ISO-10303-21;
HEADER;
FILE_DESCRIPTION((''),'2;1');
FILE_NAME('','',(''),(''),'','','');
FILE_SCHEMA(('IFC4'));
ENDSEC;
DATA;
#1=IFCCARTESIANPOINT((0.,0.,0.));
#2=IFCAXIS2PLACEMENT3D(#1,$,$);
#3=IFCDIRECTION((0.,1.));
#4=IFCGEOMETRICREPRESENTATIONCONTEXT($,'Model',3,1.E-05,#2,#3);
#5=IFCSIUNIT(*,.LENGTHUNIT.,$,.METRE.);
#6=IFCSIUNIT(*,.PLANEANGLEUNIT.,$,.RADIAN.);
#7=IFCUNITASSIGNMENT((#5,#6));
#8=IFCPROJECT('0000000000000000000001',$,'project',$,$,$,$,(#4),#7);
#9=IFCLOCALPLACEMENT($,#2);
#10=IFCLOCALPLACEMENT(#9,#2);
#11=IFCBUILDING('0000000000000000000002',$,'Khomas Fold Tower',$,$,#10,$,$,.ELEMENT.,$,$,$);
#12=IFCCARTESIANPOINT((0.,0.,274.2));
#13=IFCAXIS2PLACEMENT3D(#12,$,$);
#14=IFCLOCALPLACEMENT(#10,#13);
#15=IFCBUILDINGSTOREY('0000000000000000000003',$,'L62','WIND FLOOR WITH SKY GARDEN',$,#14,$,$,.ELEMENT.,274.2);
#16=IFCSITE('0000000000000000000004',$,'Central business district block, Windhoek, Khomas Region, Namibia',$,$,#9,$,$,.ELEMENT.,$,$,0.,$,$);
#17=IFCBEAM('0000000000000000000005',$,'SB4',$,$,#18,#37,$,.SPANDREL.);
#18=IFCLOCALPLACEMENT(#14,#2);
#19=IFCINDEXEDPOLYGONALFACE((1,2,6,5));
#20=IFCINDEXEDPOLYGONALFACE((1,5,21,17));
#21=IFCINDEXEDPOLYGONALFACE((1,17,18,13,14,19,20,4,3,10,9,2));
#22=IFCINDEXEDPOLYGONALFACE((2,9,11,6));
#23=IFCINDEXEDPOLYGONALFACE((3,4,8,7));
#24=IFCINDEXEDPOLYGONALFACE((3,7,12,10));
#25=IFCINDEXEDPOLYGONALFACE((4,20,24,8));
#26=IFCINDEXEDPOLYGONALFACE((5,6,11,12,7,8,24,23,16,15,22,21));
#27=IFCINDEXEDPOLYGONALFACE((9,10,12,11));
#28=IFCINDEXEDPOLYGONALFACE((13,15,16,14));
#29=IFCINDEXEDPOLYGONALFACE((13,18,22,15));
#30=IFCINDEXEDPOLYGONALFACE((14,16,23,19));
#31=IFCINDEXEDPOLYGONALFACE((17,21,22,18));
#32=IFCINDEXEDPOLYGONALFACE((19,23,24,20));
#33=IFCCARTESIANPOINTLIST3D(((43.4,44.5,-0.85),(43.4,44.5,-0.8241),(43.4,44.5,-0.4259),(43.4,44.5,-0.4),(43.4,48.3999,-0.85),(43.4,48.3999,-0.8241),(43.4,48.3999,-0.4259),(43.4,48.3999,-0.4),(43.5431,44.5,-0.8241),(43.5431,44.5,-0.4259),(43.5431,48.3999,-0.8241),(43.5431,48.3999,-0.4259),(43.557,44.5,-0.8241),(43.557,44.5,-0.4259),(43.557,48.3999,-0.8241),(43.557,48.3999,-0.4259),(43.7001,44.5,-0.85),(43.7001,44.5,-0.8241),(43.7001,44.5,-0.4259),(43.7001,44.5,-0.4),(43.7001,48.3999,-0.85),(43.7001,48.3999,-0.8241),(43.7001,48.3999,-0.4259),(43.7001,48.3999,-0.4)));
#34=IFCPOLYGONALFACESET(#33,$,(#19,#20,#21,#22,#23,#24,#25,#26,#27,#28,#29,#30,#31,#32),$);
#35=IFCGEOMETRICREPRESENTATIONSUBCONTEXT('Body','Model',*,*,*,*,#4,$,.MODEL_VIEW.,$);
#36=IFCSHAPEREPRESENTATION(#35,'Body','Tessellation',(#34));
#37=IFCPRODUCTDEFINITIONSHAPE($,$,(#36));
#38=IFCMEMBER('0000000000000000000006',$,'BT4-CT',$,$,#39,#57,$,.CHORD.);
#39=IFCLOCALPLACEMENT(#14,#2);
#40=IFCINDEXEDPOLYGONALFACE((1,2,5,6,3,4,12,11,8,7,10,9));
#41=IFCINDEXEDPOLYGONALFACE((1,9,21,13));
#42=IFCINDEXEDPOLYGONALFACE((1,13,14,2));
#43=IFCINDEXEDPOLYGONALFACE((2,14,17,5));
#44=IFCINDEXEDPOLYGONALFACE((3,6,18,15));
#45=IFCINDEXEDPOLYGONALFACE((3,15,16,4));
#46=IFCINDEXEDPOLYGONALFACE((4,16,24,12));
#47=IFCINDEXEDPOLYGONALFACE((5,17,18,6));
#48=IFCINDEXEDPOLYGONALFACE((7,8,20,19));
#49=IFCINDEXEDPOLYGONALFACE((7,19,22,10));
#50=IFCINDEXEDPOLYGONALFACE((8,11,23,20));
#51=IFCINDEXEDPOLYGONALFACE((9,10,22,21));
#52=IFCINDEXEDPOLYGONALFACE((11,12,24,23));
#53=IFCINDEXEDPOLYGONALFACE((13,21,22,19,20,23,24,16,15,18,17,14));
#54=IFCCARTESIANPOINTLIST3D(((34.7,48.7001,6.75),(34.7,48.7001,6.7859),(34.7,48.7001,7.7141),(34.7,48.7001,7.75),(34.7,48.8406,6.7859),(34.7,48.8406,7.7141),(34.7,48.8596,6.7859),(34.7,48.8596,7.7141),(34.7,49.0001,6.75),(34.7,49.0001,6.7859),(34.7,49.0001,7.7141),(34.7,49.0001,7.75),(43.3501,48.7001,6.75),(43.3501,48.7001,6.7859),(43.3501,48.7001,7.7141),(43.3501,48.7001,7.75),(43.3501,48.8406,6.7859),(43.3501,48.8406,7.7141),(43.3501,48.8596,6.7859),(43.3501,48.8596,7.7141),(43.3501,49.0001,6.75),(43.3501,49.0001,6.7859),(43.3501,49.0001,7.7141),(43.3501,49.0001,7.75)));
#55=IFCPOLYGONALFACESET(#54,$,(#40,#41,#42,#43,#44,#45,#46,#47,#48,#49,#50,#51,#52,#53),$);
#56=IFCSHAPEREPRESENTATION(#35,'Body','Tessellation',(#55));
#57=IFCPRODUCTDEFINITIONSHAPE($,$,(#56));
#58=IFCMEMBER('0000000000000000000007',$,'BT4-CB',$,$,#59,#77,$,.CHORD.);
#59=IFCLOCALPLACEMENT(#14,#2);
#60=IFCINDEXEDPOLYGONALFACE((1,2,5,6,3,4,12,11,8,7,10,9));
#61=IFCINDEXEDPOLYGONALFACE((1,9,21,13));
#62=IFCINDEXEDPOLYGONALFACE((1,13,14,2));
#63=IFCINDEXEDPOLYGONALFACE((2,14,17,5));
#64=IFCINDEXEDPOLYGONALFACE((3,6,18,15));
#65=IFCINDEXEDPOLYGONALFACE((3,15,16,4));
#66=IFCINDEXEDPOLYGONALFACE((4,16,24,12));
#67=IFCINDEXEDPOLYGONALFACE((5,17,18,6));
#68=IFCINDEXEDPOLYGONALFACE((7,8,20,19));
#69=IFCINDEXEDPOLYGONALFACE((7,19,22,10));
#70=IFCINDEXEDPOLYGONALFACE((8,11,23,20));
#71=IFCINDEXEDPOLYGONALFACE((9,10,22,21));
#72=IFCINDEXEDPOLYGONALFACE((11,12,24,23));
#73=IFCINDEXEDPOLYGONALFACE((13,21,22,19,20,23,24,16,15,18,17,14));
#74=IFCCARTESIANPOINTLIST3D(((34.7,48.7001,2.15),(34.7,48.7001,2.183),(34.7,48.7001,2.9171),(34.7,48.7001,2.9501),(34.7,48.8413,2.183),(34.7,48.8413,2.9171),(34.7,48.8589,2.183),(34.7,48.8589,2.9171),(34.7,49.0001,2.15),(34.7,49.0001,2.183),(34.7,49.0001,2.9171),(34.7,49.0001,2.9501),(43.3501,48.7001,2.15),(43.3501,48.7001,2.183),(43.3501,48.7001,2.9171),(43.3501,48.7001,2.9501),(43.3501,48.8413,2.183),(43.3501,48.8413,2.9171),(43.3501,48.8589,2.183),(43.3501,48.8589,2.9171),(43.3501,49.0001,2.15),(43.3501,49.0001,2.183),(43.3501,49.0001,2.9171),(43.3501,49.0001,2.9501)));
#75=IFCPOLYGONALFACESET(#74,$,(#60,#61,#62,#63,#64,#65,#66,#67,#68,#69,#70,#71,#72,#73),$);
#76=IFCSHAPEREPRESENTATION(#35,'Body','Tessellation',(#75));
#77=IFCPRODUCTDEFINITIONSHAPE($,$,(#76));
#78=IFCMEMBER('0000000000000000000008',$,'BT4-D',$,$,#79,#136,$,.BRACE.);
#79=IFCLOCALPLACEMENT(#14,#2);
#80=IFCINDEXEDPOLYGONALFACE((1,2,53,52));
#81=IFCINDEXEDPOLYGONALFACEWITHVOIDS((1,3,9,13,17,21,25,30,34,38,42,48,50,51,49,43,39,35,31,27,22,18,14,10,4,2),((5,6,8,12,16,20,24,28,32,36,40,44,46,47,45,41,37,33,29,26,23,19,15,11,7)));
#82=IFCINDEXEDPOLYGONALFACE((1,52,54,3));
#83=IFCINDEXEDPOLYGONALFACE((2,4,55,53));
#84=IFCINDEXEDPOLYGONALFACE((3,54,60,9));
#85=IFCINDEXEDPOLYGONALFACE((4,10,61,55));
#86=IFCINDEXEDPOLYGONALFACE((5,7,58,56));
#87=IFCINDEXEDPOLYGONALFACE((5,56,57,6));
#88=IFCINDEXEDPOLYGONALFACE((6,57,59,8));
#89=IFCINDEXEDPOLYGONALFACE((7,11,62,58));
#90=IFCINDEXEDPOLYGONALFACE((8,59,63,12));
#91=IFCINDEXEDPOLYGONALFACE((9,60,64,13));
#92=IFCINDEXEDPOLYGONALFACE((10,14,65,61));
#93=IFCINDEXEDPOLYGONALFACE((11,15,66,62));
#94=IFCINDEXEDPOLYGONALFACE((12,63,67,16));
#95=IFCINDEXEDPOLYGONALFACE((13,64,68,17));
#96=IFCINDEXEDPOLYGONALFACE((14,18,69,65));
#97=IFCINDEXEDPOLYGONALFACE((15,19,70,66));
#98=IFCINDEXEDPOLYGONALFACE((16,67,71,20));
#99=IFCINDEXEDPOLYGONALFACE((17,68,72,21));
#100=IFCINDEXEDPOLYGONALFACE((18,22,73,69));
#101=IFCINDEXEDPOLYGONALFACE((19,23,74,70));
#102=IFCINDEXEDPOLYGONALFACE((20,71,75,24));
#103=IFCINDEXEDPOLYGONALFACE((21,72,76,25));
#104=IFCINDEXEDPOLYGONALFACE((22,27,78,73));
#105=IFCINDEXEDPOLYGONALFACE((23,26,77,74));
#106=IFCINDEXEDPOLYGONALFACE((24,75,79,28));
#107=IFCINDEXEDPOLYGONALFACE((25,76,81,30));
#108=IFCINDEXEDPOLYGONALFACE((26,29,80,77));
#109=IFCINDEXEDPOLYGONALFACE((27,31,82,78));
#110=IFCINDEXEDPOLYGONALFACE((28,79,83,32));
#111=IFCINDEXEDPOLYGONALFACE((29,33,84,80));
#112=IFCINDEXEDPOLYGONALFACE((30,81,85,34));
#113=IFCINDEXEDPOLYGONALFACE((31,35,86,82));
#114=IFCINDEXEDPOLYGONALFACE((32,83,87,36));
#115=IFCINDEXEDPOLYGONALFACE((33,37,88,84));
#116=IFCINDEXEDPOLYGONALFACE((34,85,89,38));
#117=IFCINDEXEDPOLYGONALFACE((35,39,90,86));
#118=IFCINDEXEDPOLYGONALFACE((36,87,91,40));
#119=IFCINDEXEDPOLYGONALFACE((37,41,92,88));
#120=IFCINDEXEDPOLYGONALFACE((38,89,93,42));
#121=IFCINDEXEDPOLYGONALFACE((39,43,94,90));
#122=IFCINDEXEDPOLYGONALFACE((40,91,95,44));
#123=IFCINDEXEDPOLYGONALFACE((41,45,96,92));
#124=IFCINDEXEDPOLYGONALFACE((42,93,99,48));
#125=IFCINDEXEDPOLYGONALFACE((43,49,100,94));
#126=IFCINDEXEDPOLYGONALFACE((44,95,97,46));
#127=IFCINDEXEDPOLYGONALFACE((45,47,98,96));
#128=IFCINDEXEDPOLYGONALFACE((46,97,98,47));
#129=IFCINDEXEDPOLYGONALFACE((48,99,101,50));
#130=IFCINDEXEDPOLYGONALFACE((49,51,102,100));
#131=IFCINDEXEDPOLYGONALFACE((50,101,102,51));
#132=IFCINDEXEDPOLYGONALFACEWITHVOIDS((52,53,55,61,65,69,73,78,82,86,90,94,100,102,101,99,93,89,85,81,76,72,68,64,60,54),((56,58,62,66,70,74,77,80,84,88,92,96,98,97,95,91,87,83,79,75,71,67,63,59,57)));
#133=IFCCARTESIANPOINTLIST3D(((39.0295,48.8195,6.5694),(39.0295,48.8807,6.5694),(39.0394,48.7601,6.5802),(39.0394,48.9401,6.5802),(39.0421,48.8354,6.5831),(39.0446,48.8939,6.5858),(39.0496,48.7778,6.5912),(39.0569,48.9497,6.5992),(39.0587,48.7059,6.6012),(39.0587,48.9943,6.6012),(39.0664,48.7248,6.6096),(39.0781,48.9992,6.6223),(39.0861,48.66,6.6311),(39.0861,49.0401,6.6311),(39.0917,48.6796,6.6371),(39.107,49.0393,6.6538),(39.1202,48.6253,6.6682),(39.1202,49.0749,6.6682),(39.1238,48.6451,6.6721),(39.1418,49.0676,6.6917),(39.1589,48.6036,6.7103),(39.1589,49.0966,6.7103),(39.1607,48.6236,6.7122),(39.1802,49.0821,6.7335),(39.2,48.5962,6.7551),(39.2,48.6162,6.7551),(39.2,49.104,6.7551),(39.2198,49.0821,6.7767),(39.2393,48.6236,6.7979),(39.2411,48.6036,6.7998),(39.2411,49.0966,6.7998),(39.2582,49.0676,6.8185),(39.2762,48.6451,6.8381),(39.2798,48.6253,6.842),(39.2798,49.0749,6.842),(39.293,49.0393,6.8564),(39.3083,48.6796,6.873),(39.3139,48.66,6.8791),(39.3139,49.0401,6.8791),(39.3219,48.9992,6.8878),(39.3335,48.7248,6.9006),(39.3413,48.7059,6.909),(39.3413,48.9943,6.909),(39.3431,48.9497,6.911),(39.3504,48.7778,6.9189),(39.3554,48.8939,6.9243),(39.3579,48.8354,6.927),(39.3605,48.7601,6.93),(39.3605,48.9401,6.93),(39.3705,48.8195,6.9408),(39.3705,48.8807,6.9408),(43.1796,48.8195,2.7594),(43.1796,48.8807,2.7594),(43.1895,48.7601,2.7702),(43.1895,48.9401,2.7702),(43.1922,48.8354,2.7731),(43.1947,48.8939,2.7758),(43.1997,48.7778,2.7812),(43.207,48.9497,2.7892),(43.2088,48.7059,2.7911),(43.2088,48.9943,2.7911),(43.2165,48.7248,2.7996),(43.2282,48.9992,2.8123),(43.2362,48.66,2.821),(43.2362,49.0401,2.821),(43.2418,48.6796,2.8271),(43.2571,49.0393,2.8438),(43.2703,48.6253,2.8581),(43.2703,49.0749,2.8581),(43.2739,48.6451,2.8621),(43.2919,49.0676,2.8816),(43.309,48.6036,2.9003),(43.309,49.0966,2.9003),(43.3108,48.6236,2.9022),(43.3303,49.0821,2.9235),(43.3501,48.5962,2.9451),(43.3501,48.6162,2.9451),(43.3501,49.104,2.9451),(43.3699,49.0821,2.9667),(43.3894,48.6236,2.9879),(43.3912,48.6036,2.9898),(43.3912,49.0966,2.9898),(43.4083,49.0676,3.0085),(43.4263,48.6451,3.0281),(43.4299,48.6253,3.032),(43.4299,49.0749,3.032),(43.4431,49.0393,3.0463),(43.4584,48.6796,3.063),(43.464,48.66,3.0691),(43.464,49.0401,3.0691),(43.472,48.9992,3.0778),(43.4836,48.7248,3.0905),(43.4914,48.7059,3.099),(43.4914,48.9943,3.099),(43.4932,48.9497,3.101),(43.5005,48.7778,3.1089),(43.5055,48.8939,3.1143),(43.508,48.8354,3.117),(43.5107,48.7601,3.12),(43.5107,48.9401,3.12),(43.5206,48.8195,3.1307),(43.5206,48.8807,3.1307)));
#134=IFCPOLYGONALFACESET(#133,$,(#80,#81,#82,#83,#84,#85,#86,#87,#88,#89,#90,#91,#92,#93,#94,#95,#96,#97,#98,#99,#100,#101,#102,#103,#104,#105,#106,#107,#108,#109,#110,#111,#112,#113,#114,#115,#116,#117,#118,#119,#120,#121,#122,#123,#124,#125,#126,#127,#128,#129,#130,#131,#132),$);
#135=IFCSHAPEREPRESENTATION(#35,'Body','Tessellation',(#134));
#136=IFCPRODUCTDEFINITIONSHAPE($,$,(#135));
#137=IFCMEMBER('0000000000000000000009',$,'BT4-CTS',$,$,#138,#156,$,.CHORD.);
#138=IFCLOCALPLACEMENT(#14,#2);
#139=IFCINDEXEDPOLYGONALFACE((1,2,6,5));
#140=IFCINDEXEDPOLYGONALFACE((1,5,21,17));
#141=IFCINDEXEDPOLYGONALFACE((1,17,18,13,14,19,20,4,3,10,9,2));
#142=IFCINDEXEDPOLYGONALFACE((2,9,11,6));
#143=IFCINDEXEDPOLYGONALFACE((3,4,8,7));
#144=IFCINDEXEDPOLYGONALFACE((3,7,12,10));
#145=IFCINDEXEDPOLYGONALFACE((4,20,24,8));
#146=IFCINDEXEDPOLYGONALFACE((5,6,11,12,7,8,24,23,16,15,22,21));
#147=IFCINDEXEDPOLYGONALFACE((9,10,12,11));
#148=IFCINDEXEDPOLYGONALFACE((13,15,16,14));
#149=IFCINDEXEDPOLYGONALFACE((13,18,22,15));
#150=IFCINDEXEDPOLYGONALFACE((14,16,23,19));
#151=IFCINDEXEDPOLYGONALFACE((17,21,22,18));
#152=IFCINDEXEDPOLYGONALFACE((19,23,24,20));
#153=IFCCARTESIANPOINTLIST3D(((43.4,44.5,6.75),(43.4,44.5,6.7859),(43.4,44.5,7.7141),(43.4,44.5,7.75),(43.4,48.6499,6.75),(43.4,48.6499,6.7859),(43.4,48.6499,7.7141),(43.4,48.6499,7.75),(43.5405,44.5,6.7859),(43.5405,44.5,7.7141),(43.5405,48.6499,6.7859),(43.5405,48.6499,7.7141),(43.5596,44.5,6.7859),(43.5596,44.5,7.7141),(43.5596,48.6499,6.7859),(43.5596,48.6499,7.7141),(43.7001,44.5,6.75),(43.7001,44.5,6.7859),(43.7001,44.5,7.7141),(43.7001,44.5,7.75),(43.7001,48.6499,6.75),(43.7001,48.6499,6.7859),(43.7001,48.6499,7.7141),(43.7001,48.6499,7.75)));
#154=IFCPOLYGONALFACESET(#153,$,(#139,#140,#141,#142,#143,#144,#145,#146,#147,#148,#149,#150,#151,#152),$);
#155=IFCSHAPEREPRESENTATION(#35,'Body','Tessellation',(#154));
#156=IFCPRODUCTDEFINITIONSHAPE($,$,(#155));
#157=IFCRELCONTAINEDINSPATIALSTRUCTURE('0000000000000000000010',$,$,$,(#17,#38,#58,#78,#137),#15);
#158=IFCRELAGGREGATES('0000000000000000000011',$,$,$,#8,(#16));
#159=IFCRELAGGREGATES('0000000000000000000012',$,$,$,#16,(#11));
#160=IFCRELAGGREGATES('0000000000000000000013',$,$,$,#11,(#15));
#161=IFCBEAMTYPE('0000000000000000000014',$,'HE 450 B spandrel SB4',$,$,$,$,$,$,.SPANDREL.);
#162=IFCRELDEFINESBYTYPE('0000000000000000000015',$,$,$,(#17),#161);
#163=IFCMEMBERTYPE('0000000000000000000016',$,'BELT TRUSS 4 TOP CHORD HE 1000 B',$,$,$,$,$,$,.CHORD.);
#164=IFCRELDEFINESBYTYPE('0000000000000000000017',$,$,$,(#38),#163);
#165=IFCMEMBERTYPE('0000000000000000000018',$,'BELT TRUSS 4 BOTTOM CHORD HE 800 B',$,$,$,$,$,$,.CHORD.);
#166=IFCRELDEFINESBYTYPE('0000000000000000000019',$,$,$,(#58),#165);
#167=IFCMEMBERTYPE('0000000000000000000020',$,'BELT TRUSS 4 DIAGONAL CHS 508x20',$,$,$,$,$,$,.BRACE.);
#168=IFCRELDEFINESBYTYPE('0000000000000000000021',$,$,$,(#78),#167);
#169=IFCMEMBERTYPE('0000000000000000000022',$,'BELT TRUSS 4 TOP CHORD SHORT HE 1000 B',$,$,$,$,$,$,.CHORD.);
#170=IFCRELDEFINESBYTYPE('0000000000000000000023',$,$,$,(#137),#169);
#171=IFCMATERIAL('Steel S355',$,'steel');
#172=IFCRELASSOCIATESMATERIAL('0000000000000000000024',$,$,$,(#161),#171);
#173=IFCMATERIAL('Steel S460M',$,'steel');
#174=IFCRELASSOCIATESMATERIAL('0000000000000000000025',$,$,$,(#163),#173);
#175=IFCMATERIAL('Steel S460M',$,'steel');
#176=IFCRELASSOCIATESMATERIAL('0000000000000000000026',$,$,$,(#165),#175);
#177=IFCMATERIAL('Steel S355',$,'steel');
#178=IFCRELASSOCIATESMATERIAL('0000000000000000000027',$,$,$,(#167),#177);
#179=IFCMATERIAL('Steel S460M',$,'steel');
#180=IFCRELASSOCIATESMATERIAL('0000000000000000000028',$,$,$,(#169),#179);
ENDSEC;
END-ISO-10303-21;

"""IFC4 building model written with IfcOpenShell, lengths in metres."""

from ifc_helpers import new_model, si_unit, direction, frame, origin, origin_2d, place, context, subcontext, project, spatial, hollow_circle, i_section, extrude, source, transform, mapped, material, material_profile, profile_set, type_object, element, save


model = new_model("IFC4")

# Units and contexts
model_context = context("Model", 3, precision=1e-05, world=origin(), true_north=direction((0.0, 1.0)))
body_context = subcontext(model_context, "Body", "Model", "MODEL_VIEW")
ifc_project = project(units=[si_unit("LENGTHUNIT", "METRE"), si_unit("PLANEANGLEUNIT", "RADIAN")], contexts=[model_context])

# Site, building, storey
site_placement = place(None, origin())
site = spatial("IfcSite", under=ifc_project, at=site_placement, Name="Central business district block, Windhoek, Khomas Region, Namibia", CompositionType="ELEMENT", RefElevation=0.0)
building_placement = place(site_placement, origin())
building = spatial("IfcBuilding", under=site, at=building_placement, Name="Khomas Fold Tower", CompositionType="ELEMENT")
storey_placement = place(building_placement, frame((0.0, 0.0, 274.2)))
storey = spatial("IfcBuildingStorey", under=building, at=storey_placement, Name="L62", Description="WIND FLOOR WITH SKY GARDEN", CompositionType="ELEMENT", Elevation=274.2)

# Beam
ifc_material_1 = material(Name="Steel S355", Category="steel")
ifc_material_profile_1 = material_profile(ifc_material_1, i_section(OverallWidth=0.3, OverallDepth=0.45, WebThickness=0.0139, FlangeThickness=0.0259, at=origin_2d()), Name="HE 450 B")
ifc_profile_set_1 = profile_set([ifc_material_profile_1], Name="Steel S355")
beam_type = type_object("IfcBeamType", Name="HE 450 B spandrel SB4", PredefinedType="SPANDREL", material=ifc_profile_set_1)
shared_shape_1 = source(origin(), body_context, "Body", "SweptSolid", [
    extrude(i_section(OverallWidth=0.3, OverallDepth=0.45, WebThickness=0.0139, FlangeThickness=0.0259, at=origin_2d()), origin(), (0.0, 0.0, 1.0), 3.8999),
])
beam_placement = place(storey_placement, frame((43.55, 44.5, -0.625), z_axis=(0.0, 1.0, 0.0), x_axis=(-1.0, 0.0, 0.0)))
element("IfcBeam", 1, at=beam_placement, inside=storey, type_object=beam_type, Name="SB4", PredefinedType="SPANDREL", context=body_context, shape_type="MappedRepresentation", body=[
    mapped(shared_shape_1, transform((0.0, 0.0, 0.0))),
])

# Members
ifc_material_2 = material(Name="Steel S460M", Category="steel")
ifc_material_profile_2 = material_profile(ifc_material_2, i_section(OverallWidth=0.3, OverallDepth=1.0, WebThickness=0.019, FlangeThickness=0.0359, at=origin_2d()), Name="HE 1000 B")
ifc_profile_set_2 = profile_set([ifc_material_profile_2], Name="Steel S460M")
member_type_1 = type_object("IfcMemberType", Name="BELT TRUSS 4 TOP CHORD HE 1000 B", PredefinedType="CHORD", material=ifc_profile_set_2)
shared_shape_2 = source(origin(), body_context, "Body", "SweptSolid", [
    extrude(i_section(OverallWidth=0.3, OverallDepth=1.0, WebThickness=0.019, FlangeThickness=0.0359, at=origin_2d()), origin(), (0.0, 0.0, 1.0), 8.6501),
])
member_1_placement = place(storey_placement, frame((43.3501, 48.8501, 7.25), z_axis=(-1.0, 0.0, 0.0), x_axis=(0.0, -1.0, 0.0)))
element("IfcMember", 2, at=member_1_placement, inside=storey, type_object=member_type_1, Name="BT4-CT", PredefinedType="CHORD", context=body_context, shape_type="MappedRepresentation", body=[
    mapped(shared_shape_2, transform((0.0, 0.0, 0.0))),
])
ifc_material_3 = material(Name="Steel S460M", Category="steel")
ifc_material_profile_3 = material_profile(ifc_material_3, i_section(OverallWidth=0.3, OverallDepth=0.8, WebThickness=0.0176, FlangeThickness=0.033, at=origin_2d()), Name="HE 800 B")
ifc_profile_set_3 = profile_set([ifc_material_profile_3], Name="Steel S460M")
member_type_2 = type_object("IfcMemberType", Name="BELT TRUSS 4 BOTTOM CHORD HE 800 B", PredefinedType="CHORD", material=ifc_profile_set_3)
shared_shape_3 = source(origin(), body_context, "Body", "SweptSolid", [
    extrude(i_section(OverallWidth=0.3, OverallDepth=0.8, WebThickness=0.0176, FlangeThickness=0.033, at=origin_2d()), origin(), (0.0, 0.0, 1.0), 8.6501),
])
member_2_placement = place(storey_placement, frame((43.3501, 48.8501, 2.55), z_axis=(-1.0, 0.0, 0.0), x_axis=(0.0, -1.0, 0.0)))
element("IfcMember", 3, at=member_2_placement, inside=storey, type_object=member_type_2, Name="BT4-CB", PredefinedType="CHORD", context=body_context, shape_type="MappedRepresentation", body=[
    mapped(shared_shape_3, transform((0.0, 0.0, 0.0))),
])
ifc_material_4 = material(Name="Steel S355", Category="steel")
ifc_material_profile_4 = material_profile(ifc_material_4, hollow_circle(Radius=0.2539, WallThickness=0.02, at=origin_2d()), Name="CHS 508x20")
ifc_profile_set_4 = profile_set([ifc_material_profile_4], Name="Steel S355")
member_type_3 = type_object("IfcMemberType", Name="BELT TRUSS 4 DIAGONAL CHS 508x20", PredefinedType="BRACE", material=ifc_profile_set_4)
shared_shape_4 = source(origin(), body_context, "Body", "SweptSolid", [
    extrude(hollow_circle(Radius=0.2539, WallThickness=0.02, at=origin_2d()), origin(), (0.0, 0.0, 1.0), 5.6338),
])
member_3_placement = place(storey_placement, frame((43.3501, 48.8501, 2.9451), z_axis=(-0.736645, 0.0, 0.67628), x_axis=(0.0, -1.0, 0.0)))
element("IfcMember", 4, at=member_3_placement, inside=storey, type_object=member_type_3, Name="BT4-D", PredefinedType="BRACE", context=body_context, shape_type="MappedRepresentation", body=[
    mapped(shared_shape_4, transform((0.0, 0.0, 0.0))),
])
ifc_material_5 = material(Name="Steel S460M", Category="steel")
ifc_material_profile_5 = material_profile(ifc_material_5, i_section(OverallWidth=0.3, OverallDepth=1.0, WebThickness=0.019, FlangeThickness=0.0359, at=origin_2d()), Name="HE 1000 B")
ifc_profile_set_5 = profile_set([ifc_material_profile_5], Name="Steel S460M")
member_type_4 = type_object("IfcMemberType", Name="BELT TRUSS 4 TOP CHORD SHORT HE 1000 B", PredefinedType="CHORD", material=ifc_profile_set_5)
shared_shape_5 = source(origin(), body_context, "Body", "SweptSolid", [
    extrude(i_section(OverallWidth=0.3, OverallDepth=1.0, WebThickness=0.019, FlangeThickness=0.0359, at=origin_2d()), origin(), (0.0, 0.0, 1.0), 4.1499),
])
member_4_placement = place(storey_placement, frame((43.55, 48.6499, 7.25), z_axis=(0.0, -1.0, 0.0), x_axis=(1.0, 0.0, 0.0)))
element("IfcMember", 5, at=member_4_placement, inside=storey, type_object=member_type_4, Name="BT4-CTS", PredefinedType="CHORD", context=body_context, shape_type="MappedRepresentation", body=[
    mapped(shared_shape_5, transform((0.0, 0.0, 0.0))),
])

save(model, "model.ifc")
